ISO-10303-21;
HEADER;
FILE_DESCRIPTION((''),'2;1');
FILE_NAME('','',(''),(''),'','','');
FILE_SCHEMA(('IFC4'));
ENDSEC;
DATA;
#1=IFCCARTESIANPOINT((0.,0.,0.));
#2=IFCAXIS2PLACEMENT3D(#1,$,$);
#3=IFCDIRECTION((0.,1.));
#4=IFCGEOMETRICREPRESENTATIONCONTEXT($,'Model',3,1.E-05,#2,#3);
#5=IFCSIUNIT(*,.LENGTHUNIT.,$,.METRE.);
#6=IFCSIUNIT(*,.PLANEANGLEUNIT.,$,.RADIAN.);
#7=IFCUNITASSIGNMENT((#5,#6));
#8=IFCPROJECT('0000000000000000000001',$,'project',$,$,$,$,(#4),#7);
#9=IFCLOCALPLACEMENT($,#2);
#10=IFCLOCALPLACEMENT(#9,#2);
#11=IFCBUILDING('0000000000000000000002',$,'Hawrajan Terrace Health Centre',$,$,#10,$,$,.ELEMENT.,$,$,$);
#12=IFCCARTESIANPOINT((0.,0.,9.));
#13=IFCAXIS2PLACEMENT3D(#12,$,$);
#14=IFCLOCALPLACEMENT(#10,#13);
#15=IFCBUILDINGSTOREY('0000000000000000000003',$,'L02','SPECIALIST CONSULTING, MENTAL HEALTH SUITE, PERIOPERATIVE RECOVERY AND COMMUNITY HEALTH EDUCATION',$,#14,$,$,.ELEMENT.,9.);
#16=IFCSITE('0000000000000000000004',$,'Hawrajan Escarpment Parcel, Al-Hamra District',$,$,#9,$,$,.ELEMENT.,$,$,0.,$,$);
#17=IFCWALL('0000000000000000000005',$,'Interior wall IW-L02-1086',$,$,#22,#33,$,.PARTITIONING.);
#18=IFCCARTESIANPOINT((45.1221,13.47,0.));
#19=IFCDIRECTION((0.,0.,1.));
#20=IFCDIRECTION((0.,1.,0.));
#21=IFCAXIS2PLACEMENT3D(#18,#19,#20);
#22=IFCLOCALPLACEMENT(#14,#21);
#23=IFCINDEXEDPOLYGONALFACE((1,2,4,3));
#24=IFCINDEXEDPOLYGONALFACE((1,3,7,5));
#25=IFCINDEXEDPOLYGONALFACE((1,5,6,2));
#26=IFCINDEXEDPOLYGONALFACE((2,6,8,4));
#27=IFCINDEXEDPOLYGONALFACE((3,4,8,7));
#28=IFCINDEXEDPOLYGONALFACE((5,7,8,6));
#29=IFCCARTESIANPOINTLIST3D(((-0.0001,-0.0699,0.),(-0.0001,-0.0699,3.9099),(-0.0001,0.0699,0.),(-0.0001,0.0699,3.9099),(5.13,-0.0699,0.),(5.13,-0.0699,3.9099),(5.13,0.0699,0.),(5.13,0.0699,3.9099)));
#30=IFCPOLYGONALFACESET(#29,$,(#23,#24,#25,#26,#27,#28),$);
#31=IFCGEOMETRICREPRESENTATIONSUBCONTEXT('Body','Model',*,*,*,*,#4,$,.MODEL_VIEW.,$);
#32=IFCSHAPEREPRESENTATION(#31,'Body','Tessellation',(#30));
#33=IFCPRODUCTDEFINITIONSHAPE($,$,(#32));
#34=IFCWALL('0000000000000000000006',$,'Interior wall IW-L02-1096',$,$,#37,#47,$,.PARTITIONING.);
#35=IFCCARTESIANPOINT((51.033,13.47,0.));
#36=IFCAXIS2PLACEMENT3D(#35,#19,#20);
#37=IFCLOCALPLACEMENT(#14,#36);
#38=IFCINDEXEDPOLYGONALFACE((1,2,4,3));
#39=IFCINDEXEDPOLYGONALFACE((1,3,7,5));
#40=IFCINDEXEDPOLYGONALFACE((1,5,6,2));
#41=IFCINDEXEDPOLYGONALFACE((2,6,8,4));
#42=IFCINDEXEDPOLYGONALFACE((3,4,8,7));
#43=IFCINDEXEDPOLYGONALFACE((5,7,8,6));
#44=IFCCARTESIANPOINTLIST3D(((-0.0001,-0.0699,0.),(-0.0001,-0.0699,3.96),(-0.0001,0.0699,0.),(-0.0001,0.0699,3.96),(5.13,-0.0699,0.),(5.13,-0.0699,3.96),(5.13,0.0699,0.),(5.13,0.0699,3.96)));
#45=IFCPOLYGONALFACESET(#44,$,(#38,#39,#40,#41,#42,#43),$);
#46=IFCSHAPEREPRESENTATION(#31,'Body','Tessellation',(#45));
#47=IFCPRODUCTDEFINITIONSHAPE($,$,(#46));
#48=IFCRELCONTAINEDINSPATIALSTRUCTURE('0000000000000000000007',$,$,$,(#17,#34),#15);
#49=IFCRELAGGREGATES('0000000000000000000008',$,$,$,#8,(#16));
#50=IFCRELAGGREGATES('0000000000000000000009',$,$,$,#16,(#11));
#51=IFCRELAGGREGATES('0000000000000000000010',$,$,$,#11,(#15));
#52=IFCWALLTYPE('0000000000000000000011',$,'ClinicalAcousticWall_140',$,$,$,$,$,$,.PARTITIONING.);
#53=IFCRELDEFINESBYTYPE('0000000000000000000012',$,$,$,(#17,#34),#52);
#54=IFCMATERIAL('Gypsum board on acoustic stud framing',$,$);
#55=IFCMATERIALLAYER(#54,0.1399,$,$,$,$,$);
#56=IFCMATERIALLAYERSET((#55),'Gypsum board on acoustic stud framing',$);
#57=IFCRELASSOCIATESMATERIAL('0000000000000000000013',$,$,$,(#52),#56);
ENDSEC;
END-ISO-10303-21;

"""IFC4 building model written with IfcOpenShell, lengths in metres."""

from ifc_helpers import new_model, si_unit, direction, frame, frame_2d, origin, place, context, subcontext, project, spatial, rectangle, extrude, material, layer, layer_set, type_object, element, save


model = new_model("IFC4")

# Units and contexts
model_context = context("Model", 3, precision=1e-05, world=origin(), true_north=direction((0.0, 1.0)))
body_context = subcontext(model_context, "Body", "Model", "MODEL_VIEW")
ifc_project = project(units=[si_unit("LENGTHUNIT", "METRE"), si_unit("PLANEANGLEUNIT", "RADIAN")], contexts=[model_context])

# Site, building, storey
site_placement = place(None, origin())
site = spatial("IfcSite", under=ifc_project, at=site_placement, Name="Hawrajan Escarpment Parcel, Al-Hamra District", CompositionType="ELEMENT", RefElevation=0.0)
building_placement = place(site_placement, origin())
building = spatial("IfcBuilding", under=site, at=building_placement, Name="Hawrajan Terrace Health Centre", CompositionType="ELEMENT")
storey_placement = place(building_placement, frame((0.0, 0.0, 9.0)))
storey = spatial("IfcBuildingStorey", under=building, at=storey_placement, Name="L02", Description="SPECIALIST CONSULTING, MENTAL HEALTH SUITE, PERIOPERATIVE RECOVERY AND COMMUNITY HEALTH EDUCATION", CompositionType="ELEMENT", Elevation=9.0)

# Wall
ifc_material_1 = material(Name="Gypsum board on acoustic stud framing")
ifc_layer_1 = layer(ifc_material_1, 0.1399)
ifc_layer_set_1 = layer_set([ifc_layer_1], Name="Gypsum board on acoustic stud framing")
wall_type = type_object("IfcWallType", Name="ClinicalAcousticWall_140", PredefinedType="PARTITIONING", material=ifc_layer_set_1)
wall_1_placement = place(storey_placement, frame((45.1221, 13.47, 0.0), z_axis=(0.0, 0.0, 1.0), x_axis=(0.0, 1.0, 0.0)))
element("IfcWall", 1, at=wall_1_placement, inside=storey, type_object=wall_type, Name="Interior wall IW-L02-1086", PredefinedType="PARTITIONING", context=body_context, shape_type="SweptSolid", body=[
    extrude(rectangle(XDim=5.1301, YDim=0.1399, at=frame_2d((2.5649, 0.0))), origin(), (0.0, 0.0, 1.0), 3.9099),
])

# Wall
wall_2_placement = place(storey_placement, frame((51.033, 13.47, 0.0), z_axis=(0.0, 0.0, 1.0), x_axis=(0.0, 1.0, 0.0)))
element("IfcWall", 2, at=wall_2_placement, inside=storey, type_object=wall_type, Name="Interior wall IW-L02-1096", PredefinedType="PARTITIONING", context=body_context, shape_type="SweptSolid", body=[
    extrude(rectangle(XDim=5.1301, YDim=0.1399, at=frame_2d((2.5649, 0.0))), origin(), (0.0, 0.0, 1.0), 3.96),
])

save(model, "model.ifc")
